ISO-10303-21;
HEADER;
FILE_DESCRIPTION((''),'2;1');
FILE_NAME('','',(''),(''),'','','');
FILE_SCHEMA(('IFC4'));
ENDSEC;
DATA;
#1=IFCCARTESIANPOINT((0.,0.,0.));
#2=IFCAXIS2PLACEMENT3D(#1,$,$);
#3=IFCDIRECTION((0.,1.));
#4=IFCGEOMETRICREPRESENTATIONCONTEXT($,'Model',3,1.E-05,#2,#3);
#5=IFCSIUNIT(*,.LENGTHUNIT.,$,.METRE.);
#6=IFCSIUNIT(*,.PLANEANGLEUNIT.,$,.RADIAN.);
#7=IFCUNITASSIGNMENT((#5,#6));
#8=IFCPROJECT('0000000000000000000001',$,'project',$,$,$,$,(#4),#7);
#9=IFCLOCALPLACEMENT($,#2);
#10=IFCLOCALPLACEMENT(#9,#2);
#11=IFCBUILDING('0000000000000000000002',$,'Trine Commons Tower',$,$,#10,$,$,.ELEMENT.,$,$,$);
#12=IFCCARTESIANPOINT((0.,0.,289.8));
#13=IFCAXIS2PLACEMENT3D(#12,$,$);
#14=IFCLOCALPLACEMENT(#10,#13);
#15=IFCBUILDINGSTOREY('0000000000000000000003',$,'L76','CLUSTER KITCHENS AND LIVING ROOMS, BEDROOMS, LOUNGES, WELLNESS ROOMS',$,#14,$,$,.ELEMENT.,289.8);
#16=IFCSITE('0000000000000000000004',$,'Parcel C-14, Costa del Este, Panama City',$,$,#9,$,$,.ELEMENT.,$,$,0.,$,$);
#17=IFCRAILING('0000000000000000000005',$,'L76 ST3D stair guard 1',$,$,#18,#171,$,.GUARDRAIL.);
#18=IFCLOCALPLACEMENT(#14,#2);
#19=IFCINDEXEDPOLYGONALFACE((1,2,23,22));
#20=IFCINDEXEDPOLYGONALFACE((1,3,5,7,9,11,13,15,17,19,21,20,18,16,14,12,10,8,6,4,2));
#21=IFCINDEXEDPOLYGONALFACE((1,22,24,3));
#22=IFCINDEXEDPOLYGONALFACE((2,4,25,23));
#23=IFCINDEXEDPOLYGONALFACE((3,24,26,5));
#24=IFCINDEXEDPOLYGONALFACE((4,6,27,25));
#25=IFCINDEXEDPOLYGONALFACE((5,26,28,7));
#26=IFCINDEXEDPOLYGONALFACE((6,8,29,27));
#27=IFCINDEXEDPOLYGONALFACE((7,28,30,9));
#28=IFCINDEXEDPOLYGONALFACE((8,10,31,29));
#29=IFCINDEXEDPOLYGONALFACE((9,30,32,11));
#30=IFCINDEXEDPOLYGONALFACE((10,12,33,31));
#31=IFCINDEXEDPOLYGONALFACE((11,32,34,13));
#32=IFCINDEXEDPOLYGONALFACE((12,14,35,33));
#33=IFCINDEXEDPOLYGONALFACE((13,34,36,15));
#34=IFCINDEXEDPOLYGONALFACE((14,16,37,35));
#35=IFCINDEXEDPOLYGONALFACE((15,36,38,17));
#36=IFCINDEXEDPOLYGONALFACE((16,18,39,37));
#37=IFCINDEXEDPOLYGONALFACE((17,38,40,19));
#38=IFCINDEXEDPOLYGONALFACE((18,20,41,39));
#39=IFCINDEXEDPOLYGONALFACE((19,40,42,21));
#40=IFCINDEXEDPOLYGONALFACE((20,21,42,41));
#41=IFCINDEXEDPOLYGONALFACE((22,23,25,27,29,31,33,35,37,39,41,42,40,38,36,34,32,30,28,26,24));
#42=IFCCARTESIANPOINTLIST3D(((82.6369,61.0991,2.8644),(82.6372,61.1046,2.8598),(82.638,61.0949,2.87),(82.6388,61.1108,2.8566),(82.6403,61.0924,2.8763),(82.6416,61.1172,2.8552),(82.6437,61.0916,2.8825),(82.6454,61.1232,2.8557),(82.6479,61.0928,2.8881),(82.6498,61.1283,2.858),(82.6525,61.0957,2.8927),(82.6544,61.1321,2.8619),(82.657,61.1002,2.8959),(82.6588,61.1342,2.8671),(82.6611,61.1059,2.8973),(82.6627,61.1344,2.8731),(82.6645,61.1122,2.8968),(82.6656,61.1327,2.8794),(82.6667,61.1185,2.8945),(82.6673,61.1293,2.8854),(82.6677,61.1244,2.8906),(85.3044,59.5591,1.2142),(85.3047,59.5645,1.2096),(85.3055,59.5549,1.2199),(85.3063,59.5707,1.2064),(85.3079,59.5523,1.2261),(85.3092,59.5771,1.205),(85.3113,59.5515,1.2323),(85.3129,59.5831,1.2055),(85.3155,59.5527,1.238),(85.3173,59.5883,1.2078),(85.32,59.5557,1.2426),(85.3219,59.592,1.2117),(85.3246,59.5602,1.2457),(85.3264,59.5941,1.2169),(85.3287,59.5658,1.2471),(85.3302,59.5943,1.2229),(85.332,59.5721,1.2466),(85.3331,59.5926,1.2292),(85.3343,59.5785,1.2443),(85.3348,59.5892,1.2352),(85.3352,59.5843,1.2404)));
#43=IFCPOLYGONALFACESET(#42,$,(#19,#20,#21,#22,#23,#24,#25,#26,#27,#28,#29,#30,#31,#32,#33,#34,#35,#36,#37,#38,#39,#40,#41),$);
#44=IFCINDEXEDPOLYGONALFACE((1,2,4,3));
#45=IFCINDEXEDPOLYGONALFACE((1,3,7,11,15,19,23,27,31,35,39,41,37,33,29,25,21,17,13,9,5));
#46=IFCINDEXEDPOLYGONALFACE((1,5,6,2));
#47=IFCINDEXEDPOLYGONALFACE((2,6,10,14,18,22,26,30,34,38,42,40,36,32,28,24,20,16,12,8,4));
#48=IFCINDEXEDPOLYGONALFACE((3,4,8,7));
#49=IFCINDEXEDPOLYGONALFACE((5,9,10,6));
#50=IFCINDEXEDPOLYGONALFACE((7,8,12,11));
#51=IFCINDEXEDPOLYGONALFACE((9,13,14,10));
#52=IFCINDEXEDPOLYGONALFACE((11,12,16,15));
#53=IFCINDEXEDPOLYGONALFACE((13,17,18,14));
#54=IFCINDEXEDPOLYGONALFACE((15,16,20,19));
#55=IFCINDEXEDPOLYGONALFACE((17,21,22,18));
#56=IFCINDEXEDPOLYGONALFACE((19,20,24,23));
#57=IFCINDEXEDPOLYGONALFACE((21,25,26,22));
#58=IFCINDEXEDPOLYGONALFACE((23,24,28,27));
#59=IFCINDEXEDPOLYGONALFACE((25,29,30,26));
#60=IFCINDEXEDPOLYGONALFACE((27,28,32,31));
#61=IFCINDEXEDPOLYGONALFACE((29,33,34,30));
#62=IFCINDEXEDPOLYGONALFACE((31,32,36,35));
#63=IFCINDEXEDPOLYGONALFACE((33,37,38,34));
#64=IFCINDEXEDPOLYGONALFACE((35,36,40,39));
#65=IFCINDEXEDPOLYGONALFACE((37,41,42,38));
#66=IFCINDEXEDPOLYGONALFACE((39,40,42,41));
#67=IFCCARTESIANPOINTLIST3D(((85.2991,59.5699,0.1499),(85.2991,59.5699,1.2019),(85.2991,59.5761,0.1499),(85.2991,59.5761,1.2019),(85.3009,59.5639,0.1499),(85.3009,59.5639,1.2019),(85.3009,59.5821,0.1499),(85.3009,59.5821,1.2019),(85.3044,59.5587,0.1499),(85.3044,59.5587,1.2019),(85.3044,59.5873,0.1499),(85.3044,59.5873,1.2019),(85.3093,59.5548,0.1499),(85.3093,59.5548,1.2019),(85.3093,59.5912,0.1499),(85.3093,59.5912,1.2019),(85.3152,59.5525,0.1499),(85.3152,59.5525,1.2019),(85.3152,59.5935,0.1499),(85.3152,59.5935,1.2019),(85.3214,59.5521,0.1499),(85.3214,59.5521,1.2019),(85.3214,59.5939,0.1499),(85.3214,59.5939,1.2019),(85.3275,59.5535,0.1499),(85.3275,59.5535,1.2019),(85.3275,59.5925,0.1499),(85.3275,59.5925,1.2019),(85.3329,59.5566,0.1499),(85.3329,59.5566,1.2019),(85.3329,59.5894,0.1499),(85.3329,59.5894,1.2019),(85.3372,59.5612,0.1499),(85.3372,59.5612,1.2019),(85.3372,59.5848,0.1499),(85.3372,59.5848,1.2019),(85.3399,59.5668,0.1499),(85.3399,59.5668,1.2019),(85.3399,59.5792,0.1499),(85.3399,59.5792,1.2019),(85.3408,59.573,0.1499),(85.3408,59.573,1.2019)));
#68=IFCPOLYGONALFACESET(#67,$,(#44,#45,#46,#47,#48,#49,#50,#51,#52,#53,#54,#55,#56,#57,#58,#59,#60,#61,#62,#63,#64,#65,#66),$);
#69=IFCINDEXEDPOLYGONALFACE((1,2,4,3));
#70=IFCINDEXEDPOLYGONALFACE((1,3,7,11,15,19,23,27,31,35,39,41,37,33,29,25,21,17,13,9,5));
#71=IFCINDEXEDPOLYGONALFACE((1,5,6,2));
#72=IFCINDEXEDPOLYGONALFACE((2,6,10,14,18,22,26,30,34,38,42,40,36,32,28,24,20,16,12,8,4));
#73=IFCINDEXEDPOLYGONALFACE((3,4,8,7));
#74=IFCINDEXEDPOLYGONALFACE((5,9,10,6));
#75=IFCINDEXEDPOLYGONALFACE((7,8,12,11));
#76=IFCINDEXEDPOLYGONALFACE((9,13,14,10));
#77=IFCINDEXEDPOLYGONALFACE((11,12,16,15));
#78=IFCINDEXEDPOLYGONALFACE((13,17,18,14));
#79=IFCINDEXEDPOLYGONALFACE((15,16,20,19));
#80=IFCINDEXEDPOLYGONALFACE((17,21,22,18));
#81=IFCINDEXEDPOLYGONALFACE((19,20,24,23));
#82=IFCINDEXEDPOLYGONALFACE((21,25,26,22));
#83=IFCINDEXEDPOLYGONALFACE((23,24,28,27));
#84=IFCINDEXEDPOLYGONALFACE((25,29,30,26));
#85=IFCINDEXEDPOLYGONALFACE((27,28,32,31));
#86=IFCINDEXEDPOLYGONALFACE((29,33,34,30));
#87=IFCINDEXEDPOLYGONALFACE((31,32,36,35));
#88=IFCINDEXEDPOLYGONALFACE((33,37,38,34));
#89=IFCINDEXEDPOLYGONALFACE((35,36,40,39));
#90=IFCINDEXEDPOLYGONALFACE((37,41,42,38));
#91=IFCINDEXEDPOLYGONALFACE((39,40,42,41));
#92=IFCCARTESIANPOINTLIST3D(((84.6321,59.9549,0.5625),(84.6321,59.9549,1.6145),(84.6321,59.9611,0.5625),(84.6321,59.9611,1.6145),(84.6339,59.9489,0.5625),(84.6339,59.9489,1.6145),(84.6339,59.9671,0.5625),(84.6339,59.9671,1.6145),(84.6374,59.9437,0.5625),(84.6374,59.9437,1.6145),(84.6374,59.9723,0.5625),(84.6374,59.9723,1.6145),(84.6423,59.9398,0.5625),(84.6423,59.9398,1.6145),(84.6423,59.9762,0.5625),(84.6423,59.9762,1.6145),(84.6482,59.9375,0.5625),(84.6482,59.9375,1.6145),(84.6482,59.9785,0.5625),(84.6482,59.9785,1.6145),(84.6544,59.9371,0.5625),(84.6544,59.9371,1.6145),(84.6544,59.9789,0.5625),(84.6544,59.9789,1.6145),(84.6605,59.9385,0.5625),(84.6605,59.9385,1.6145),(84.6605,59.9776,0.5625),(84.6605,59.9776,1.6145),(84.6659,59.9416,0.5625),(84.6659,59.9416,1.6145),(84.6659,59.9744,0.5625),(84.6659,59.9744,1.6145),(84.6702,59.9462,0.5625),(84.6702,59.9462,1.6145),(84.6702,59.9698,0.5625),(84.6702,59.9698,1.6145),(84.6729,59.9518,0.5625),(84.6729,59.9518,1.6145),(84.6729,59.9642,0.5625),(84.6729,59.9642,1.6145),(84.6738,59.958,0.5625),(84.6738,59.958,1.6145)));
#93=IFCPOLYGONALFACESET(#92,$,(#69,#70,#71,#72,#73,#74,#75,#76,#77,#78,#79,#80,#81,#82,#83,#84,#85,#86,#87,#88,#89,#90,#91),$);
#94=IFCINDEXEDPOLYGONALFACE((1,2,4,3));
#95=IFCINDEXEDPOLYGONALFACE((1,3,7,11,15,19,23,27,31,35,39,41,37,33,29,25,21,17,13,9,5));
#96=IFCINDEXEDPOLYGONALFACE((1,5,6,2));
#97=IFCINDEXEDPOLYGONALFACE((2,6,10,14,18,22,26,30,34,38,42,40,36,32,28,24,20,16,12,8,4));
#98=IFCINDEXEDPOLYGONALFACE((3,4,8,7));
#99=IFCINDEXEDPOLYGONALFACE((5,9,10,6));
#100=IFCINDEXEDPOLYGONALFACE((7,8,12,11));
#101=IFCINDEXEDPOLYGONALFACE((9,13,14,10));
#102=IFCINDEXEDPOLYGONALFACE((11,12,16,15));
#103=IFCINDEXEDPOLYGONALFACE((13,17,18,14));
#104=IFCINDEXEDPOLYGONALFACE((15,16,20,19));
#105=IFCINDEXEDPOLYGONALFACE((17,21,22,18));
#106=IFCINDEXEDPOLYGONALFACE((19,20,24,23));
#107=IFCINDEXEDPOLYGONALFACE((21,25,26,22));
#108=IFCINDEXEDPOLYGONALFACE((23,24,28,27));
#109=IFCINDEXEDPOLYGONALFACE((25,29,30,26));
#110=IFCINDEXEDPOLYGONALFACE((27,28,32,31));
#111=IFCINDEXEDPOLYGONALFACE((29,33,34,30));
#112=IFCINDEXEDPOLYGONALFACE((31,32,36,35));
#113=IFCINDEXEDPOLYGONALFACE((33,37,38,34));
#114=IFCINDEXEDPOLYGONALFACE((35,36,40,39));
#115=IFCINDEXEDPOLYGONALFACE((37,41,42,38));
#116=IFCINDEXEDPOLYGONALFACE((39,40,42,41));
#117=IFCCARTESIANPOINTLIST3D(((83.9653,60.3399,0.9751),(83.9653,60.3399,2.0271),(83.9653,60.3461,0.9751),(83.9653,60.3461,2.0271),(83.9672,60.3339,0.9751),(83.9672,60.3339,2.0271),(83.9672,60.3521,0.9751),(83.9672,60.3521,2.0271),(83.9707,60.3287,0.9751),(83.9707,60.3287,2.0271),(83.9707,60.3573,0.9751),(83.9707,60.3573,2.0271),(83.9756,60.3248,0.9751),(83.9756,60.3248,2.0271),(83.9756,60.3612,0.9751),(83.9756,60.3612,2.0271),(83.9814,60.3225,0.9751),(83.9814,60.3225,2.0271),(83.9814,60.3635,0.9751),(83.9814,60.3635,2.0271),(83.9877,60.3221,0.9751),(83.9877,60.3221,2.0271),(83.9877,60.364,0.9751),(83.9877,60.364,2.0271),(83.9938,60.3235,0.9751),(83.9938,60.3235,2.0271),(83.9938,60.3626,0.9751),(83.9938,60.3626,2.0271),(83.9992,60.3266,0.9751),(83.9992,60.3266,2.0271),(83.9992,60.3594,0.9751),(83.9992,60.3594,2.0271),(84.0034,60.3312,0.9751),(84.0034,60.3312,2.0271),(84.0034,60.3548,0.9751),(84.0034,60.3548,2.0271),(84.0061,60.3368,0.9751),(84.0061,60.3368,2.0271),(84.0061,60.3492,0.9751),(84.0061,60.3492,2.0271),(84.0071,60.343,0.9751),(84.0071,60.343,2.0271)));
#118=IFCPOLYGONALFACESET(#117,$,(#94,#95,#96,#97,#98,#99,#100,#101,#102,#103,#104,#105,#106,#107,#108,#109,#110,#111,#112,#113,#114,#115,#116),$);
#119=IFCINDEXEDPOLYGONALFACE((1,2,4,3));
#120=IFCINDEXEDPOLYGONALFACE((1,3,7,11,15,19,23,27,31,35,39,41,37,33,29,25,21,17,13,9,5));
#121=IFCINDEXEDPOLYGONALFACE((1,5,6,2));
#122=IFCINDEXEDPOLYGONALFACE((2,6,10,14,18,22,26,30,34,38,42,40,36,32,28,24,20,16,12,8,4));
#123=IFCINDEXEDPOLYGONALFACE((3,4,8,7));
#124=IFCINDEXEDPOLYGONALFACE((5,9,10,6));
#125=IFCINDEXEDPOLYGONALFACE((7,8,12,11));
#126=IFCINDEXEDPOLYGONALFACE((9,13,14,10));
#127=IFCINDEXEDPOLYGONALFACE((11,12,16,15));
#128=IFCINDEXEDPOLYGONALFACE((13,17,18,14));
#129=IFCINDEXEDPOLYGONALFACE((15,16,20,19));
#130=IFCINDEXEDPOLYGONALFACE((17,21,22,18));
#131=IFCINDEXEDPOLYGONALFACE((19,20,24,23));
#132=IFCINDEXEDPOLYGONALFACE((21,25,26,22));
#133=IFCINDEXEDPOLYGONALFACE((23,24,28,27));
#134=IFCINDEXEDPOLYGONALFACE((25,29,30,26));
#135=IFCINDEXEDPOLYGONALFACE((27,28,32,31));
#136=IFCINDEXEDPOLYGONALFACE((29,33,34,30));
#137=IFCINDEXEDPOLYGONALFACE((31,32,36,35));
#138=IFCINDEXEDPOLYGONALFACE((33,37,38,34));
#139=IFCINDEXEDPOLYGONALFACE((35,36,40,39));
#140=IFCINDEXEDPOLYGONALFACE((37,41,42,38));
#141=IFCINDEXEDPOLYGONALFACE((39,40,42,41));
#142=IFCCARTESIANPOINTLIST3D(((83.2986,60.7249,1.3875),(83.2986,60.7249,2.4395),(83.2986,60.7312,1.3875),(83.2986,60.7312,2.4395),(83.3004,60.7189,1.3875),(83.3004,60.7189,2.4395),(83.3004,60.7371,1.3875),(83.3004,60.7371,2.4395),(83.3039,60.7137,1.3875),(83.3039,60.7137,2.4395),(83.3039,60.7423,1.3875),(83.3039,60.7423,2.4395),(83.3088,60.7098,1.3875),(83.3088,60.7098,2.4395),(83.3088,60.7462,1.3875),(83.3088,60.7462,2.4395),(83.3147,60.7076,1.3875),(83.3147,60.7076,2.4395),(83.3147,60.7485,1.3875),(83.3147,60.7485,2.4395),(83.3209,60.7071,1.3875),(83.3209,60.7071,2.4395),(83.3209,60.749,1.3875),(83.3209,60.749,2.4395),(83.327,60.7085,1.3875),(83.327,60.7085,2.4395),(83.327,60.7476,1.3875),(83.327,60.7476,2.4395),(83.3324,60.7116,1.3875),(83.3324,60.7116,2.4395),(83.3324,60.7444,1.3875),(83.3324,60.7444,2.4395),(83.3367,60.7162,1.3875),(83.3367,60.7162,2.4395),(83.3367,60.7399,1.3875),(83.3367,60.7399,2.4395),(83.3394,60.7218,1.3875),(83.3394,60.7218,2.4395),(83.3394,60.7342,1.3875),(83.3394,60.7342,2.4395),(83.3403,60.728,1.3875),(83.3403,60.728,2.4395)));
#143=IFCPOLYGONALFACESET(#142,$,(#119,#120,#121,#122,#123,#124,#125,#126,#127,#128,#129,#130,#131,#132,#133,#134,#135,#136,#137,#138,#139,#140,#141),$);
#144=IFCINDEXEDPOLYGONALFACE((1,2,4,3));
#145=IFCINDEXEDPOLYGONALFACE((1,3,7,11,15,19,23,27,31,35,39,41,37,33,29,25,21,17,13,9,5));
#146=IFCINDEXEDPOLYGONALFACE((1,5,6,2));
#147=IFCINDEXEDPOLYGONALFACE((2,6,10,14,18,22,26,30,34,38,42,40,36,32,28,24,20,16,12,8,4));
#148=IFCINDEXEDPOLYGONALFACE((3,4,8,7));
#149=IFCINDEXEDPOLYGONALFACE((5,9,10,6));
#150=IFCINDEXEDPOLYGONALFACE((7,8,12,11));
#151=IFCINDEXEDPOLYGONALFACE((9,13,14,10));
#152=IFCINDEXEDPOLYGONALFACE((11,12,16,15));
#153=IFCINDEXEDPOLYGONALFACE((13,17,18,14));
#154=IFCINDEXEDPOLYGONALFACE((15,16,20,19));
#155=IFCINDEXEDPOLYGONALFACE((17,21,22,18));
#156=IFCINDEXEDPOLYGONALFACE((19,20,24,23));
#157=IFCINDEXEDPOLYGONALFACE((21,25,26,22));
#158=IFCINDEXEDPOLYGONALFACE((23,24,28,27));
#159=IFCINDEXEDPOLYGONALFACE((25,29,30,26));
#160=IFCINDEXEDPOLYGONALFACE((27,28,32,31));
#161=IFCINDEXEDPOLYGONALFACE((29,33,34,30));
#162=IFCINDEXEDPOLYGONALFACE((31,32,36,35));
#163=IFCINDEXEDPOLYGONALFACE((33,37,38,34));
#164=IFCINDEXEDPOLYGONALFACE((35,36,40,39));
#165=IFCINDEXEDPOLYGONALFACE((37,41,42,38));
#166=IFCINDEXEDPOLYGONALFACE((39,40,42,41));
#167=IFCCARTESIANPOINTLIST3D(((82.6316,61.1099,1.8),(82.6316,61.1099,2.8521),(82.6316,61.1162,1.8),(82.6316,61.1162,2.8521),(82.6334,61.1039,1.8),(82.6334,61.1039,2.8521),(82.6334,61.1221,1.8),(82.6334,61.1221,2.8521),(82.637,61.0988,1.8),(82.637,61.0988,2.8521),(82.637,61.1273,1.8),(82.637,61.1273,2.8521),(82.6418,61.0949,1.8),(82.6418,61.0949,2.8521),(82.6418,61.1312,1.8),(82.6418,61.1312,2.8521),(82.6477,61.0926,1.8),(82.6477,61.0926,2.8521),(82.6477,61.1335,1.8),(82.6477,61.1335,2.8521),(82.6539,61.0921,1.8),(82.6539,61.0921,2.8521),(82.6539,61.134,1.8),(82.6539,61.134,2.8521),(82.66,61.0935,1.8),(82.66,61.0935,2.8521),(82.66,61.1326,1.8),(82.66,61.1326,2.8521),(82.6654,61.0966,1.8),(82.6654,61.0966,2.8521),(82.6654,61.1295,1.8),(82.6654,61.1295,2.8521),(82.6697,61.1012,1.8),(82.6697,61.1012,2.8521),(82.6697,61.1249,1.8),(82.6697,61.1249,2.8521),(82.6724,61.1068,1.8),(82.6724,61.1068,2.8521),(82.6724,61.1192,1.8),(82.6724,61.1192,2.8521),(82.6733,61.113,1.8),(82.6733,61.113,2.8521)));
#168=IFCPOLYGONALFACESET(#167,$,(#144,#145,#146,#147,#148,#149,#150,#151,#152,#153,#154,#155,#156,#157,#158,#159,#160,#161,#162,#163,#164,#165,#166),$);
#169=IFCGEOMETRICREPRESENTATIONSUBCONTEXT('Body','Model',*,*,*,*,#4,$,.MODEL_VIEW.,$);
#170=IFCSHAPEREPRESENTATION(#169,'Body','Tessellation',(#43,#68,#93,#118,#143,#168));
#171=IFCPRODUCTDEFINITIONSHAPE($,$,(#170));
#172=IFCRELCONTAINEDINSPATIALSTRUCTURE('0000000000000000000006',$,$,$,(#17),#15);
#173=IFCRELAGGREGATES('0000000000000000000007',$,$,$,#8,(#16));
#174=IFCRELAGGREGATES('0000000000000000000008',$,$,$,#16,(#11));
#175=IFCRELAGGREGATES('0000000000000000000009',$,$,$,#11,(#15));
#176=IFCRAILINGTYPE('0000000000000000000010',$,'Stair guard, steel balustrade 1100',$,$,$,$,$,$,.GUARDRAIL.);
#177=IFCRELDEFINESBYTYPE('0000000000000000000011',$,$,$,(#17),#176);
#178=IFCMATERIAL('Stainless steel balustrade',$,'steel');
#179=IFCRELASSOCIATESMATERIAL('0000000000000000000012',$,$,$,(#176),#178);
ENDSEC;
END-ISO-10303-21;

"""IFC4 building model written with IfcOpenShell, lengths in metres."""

from ifc_helpers import new_model, si_unit, direction, frame, origin, origin_2d, place, context, subcontext, project, spatial, circle, extrude, material, type_object, element, save


model = new_model("IFC4")

# Units and contexts
model_context = context("Model", 3, precision=1e-05, world=origin(), true_north=direction((0.0, 1.0)))
body_context = subcontext(model_context, "Body", "Model", "MODEL_VIEW")
ifc_project = project(units=[si_unit("LENGTHUNIT", "METRE"), si_unit("PLANEANGLEUNIT", "RADIAN")], contexts=[model_context])

# Site, building, storey
site_placement = place(None, origin())
site = spatial("IfcSite", under=ifc_project, at=site_placement, Name="Parcel C-14, Costa del Este, Panama City", CompositionType="ELEMENT", RefElevation=0.0)
building_placement = place(site_placement, origin())
building = spatial("IfcBuilding", under=site, at=building_placement, Name="Trine Commons Tower", CompositionType="ELEMENT")
storey_placement = place(building_placement, frame((0.0, 0.0, 289.8)))
storey = spatial("IfcBuildingStorey", under=building, at=storey_placement, Name="L76", Description="CLUSTER KITCHENS AND LIVING ROOMS, BEDROOMS, LOUNGES, WELLNESS ROOMS", CompositionType="ELEMENT", Elevation=289.8)

# Railing
ifc_material_1 = material(Name="Stainless steel balustrade", Category="steel")
railing_type_1 = type_object("IfcRailingType", Name="Stair guard, steel balustrade 1100", PredefinedType="GUARDRAIL", material=ifc_material_1)
railing_1_placement = place(storey_placement, frame((85.3198, 59.573, 0.1499)))
element("IfcRailing", 1, at=railing_1_placement, inside=storey, type_object=railing_type_1, Name="L76 ST3D stair guard 1", PredefinedType="GUARDRAIL", context=body_context, shape_type="SweptSolid", body=[
    extrude(circle(Radius=0.0239, at=origin_2d()), frame((0.0, 0.0, 1.0762), z_axis=(-0.76338, 0.440728, 0.472239), x_axis=(-0.499992, -0.86603, 0.0)), (0.0, 0.0, 1.0), 3.4944),
    extrude(circle(Radius=0.021, at=origin_2d()), origin(), (0.0, 0.0, 1.0), 1.052),
    extrude(circle(Radius=0.021, at=origin_2d()), frame((-0.667, 0.385, 0.4126)), (0.0, 0.0, 1.0), 1.052),
    extrude(circle(Radius=0.021, at=origin_2d()), frame((-1.3337, 0.77, 0.8252)), (0.0, 0.0, 1.0), 1.052),
    extrude(circle(Radius=0.021, at=origin_2d()), frame((-2.0005, 1.155, 1.2375)), (0.0, 0.0, 1.0), 1.052),
    extrude(circle(Radius=0.021, at=origin_2d()), frame((-2.6675, 1.54, 1.6501)), (0.0, 0.0, 1.0), 1.052),
])

save(model, "model.ifc")
